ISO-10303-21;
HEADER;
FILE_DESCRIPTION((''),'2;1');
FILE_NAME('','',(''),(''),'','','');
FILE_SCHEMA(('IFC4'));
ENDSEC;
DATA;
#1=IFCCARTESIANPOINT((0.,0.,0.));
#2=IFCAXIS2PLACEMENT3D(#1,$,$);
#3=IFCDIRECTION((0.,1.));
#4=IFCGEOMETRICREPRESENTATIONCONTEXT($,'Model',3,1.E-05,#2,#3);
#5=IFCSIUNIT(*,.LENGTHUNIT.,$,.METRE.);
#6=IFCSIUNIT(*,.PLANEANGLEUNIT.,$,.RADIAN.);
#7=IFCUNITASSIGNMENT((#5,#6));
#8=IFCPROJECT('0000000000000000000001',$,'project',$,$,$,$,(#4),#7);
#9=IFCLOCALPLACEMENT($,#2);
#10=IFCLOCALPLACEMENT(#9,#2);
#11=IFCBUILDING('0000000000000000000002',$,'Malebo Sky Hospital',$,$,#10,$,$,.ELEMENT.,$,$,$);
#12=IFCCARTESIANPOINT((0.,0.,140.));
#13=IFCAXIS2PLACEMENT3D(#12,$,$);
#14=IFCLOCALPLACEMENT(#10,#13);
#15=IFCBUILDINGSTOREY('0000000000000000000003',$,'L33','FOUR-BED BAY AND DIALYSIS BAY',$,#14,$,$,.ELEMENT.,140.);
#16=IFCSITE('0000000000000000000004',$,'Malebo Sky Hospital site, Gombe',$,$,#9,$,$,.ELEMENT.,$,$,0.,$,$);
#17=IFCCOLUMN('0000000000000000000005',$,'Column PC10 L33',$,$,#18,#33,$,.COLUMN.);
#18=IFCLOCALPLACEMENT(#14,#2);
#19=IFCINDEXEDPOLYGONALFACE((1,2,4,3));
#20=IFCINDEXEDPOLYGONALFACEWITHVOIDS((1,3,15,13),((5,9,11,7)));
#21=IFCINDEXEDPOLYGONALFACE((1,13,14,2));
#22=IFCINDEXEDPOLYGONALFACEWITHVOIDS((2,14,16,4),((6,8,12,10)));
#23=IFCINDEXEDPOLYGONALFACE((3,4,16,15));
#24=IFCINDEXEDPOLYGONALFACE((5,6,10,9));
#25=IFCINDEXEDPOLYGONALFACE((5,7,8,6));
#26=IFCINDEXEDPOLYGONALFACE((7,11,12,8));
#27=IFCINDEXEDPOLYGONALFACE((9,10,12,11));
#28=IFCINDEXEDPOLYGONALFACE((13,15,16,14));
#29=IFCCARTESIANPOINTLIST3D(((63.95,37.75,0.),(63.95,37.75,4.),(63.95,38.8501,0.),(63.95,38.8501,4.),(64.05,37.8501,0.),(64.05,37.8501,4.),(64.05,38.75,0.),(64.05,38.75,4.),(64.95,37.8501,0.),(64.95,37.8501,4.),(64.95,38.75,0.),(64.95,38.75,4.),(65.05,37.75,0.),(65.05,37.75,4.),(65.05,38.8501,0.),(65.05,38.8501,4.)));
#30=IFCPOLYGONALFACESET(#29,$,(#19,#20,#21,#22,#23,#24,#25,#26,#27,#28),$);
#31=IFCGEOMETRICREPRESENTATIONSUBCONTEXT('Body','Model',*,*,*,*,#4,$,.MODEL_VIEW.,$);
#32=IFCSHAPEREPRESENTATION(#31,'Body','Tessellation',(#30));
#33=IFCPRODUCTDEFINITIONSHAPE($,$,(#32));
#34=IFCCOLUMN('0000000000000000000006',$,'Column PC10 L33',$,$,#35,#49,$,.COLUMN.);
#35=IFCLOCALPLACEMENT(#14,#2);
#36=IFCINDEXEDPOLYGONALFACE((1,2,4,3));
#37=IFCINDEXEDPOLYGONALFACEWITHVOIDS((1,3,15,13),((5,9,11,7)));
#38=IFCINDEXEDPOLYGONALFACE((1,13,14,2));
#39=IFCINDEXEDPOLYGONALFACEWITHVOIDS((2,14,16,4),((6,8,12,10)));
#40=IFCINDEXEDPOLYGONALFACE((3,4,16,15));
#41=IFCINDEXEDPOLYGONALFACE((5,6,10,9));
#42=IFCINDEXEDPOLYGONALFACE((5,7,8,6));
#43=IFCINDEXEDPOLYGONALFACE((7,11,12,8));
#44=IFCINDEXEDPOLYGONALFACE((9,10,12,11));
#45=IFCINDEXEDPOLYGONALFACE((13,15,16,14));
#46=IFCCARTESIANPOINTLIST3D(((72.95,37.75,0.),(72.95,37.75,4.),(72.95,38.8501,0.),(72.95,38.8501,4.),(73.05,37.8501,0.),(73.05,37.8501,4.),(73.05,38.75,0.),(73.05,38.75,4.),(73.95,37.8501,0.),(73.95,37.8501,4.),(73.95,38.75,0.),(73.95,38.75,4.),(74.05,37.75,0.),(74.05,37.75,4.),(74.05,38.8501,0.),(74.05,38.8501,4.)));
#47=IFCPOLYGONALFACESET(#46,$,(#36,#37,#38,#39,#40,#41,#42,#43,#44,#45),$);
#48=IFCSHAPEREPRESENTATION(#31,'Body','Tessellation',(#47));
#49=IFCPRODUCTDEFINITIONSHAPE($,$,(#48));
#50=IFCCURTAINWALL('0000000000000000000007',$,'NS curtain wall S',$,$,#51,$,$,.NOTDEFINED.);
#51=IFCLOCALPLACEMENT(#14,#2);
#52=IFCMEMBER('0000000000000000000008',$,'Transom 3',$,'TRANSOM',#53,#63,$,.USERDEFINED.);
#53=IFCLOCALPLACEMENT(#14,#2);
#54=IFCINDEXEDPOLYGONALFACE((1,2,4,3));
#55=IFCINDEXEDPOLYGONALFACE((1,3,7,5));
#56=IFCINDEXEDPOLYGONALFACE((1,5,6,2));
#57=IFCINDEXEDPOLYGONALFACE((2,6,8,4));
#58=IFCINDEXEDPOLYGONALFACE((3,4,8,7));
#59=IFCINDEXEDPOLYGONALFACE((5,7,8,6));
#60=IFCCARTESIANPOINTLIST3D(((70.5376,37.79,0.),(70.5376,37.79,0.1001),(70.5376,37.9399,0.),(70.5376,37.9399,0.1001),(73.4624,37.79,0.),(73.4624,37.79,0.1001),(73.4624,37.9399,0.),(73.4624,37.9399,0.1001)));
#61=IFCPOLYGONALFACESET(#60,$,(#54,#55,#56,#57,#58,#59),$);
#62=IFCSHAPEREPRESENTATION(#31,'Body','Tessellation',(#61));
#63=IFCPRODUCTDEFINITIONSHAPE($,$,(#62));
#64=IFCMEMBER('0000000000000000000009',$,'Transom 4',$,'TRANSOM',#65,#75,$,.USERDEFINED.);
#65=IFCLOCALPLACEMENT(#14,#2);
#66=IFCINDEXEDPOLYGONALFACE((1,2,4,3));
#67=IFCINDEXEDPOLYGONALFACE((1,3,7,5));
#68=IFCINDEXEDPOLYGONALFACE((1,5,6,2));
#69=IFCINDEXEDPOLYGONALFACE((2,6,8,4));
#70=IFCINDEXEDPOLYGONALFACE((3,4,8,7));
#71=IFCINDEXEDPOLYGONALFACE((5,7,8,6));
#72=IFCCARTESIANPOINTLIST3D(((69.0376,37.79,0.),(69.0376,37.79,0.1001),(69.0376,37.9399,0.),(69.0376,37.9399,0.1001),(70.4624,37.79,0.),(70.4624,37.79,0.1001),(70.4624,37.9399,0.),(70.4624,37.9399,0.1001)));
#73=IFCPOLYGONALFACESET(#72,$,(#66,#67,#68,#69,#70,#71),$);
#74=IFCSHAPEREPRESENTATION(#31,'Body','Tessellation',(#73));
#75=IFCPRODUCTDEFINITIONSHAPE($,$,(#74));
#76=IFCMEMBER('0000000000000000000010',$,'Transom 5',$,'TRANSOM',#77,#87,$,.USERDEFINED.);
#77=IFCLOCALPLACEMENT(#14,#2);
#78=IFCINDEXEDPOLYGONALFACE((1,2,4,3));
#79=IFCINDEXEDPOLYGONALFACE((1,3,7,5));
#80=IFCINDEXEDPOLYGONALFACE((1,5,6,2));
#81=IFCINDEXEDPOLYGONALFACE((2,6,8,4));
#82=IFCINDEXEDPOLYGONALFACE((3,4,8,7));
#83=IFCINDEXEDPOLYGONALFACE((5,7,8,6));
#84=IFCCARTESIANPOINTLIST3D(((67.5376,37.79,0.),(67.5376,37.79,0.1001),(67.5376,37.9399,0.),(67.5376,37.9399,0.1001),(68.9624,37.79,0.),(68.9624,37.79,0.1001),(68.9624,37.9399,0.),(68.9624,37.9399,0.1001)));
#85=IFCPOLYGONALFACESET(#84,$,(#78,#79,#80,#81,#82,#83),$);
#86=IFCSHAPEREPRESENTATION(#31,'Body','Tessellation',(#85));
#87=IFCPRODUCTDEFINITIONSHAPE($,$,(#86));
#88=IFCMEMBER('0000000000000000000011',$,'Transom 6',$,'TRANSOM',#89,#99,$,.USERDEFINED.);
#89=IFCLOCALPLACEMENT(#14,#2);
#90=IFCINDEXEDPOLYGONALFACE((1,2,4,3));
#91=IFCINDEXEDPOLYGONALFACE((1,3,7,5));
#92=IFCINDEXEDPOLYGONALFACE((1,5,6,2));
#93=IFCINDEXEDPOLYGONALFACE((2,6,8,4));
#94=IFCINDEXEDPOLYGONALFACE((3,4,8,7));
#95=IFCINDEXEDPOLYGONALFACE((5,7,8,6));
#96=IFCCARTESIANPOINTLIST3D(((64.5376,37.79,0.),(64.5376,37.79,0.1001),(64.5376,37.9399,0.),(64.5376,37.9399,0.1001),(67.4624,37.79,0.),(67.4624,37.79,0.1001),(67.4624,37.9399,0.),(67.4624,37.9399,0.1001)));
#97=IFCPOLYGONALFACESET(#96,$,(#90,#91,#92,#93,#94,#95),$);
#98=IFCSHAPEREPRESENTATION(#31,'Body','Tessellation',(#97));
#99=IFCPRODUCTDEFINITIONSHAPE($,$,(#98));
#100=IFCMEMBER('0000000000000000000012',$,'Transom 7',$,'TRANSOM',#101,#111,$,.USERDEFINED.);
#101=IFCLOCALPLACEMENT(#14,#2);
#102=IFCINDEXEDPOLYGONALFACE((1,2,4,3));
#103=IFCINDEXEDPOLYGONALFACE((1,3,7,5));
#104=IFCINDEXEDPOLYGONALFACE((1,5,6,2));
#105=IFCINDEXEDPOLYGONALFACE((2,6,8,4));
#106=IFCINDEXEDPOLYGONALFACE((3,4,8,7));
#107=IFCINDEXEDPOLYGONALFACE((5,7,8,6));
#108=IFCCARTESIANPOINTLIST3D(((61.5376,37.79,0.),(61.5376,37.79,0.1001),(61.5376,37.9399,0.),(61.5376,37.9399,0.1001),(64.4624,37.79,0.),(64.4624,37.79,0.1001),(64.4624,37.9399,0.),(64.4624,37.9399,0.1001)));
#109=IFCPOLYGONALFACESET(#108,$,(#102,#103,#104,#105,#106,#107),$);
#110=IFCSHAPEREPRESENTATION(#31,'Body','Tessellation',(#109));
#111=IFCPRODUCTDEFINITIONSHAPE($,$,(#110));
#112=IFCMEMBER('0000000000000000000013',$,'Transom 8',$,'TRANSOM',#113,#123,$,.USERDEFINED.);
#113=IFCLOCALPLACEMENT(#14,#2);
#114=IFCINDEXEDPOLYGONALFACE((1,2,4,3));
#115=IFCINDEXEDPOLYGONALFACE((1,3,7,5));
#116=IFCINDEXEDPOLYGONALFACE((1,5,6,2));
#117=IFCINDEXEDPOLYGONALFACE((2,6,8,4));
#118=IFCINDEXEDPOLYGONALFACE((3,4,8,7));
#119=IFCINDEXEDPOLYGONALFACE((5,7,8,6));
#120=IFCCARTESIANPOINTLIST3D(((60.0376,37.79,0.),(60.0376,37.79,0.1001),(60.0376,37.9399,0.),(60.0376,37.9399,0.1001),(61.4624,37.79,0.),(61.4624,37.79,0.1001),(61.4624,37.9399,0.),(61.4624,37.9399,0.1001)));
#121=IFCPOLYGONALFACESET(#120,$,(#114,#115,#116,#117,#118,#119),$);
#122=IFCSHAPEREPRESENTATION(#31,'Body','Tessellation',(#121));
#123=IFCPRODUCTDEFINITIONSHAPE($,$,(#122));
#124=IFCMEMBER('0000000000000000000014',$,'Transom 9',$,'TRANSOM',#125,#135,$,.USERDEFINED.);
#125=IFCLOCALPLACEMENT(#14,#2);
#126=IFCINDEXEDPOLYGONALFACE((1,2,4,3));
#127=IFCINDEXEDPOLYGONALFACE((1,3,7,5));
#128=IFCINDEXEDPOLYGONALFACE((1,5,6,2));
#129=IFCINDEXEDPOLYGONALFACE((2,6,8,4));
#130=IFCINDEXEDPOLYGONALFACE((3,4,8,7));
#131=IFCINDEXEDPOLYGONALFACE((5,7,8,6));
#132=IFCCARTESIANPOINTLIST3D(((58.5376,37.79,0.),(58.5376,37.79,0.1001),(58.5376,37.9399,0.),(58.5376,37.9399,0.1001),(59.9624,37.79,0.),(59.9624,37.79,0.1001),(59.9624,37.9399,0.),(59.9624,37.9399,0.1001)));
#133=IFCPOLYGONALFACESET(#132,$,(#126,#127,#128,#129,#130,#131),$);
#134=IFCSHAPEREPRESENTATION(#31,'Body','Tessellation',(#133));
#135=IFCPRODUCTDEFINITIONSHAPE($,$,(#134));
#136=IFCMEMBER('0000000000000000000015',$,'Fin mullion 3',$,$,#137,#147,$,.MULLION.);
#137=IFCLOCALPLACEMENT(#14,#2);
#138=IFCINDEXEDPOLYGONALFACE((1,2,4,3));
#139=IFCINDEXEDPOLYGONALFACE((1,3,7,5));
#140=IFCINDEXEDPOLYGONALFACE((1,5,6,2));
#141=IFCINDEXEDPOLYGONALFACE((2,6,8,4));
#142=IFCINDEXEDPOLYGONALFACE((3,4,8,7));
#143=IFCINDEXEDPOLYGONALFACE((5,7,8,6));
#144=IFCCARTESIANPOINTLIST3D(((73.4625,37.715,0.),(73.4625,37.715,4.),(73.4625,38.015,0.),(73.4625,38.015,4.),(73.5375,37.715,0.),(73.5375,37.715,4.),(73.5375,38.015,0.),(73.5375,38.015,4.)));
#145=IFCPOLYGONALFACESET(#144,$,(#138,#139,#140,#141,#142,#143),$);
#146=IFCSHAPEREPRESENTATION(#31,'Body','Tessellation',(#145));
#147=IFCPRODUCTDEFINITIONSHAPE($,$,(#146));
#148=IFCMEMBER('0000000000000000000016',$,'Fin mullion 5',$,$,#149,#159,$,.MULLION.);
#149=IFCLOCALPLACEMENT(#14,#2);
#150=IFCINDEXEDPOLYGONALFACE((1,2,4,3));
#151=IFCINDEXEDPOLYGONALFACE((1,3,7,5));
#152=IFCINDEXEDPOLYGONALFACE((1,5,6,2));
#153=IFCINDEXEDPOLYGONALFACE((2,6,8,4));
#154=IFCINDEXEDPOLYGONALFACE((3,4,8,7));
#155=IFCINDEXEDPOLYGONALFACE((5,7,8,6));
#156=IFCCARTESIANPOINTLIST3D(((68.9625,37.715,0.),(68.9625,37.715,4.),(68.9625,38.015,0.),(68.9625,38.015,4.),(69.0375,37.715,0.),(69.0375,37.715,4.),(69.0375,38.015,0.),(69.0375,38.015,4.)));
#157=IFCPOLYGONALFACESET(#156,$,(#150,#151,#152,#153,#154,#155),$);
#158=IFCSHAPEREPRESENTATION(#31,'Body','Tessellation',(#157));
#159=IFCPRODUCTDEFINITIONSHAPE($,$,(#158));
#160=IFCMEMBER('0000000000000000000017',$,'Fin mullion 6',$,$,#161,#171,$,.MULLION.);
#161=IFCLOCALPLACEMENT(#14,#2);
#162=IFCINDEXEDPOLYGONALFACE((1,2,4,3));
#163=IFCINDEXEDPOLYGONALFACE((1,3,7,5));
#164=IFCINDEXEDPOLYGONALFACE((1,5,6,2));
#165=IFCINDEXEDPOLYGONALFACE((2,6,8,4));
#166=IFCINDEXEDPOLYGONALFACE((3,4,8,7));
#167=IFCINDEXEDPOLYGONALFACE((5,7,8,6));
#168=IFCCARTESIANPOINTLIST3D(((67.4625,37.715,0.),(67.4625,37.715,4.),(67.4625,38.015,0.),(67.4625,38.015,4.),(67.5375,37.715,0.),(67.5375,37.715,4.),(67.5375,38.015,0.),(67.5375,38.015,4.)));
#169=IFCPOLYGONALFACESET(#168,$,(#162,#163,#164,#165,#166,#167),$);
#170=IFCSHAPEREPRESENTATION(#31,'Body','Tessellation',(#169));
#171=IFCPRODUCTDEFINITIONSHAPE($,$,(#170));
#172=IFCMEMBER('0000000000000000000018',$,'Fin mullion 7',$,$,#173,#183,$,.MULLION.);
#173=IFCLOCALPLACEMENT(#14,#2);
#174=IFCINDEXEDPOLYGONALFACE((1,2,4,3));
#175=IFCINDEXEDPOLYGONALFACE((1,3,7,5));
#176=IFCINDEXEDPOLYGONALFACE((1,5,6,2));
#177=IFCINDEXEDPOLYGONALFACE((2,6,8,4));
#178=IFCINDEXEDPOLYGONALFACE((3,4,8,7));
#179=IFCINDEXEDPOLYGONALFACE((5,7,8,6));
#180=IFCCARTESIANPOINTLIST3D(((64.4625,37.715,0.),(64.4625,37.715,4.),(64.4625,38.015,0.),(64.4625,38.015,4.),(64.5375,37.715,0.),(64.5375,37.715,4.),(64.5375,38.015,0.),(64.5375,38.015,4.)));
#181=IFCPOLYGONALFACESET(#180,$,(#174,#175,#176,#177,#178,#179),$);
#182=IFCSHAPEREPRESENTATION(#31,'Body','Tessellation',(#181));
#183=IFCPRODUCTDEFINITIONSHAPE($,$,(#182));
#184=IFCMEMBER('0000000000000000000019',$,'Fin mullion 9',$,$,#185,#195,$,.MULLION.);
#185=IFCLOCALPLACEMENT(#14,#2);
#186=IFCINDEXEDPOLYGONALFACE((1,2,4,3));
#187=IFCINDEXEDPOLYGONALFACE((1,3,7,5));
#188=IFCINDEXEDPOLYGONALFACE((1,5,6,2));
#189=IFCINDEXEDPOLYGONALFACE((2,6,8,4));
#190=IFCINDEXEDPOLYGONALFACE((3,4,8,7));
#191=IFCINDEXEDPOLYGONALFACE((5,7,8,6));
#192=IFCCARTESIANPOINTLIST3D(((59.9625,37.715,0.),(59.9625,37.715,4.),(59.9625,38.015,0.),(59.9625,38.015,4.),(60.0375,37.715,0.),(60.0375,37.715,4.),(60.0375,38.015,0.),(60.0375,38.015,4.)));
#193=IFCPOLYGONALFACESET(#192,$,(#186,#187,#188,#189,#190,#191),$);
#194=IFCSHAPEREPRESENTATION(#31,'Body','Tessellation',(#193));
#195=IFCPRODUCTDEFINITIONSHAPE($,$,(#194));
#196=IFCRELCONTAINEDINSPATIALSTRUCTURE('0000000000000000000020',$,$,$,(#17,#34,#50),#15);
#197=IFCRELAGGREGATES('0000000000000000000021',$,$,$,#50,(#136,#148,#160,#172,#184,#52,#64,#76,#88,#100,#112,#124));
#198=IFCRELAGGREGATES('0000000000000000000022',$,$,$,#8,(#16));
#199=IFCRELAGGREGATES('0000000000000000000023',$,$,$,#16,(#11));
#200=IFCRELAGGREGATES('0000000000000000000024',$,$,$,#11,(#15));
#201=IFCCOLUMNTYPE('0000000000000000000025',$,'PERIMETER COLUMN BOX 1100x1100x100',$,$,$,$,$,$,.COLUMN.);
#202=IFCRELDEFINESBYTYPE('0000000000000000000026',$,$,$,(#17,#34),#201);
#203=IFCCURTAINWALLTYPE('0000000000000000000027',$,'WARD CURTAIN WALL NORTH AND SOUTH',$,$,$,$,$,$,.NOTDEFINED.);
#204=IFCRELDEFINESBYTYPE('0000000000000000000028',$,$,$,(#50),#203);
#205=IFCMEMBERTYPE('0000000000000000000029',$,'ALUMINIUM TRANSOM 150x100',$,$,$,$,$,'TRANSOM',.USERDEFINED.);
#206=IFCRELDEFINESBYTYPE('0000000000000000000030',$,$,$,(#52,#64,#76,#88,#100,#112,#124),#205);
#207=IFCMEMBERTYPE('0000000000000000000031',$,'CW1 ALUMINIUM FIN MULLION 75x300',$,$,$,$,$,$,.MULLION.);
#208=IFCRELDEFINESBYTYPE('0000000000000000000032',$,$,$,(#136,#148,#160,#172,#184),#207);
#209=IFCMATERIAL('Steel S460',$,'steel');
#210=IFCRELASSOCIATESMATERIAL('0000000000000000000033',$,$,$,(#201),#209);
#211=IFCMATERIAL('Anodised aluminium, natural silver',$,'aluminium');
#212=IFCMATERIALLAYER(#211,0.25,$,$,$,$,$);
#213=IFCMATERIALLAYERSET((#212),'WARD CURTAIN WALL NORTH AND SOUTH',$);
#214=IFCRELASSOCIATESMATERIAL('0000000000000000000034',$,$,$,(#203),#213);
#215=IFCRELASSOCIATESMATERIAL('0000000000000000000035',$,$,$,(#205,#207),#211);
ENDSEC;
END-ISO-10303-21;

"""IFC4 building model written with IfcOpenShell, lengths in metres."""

from ifc_helpers import new_model, si_unit, direction, frame, origin, origin_2d, place, context, subcontext, project, spatial, rectangle, hollow_rectangle, extrude, material, layer, layer_set, material_profile, profile_set, type_object, element, aggregate, save


model = new_model("IFC4")

# Units and contexts
model_context = context("Model", 3, precision=1e-05, world=origin(), true_north=direction((0.0, 1.0)))
body_context = subcontext(model_context, "Body", "Model", "MODEL_VIEW")
ifc_project = project(units=[si_unit("LENGTHUNIT", "METRE"), si_unit("PLANEANGLEUNIT", "RADIAN")], contexts=[model_context])

# Site, building, storey
site_placement = place(None, origin())
site = spatial("IfcSite", under=ifc_project, at=site_placement, Name="Malebo Sky Hospital site, Gombe", CompositionType="ELEMENT", RefElevation=0.0)
building_placement = place(site_placement, origin())
building = spatial("IfcBuilding", under=site, at=building_placement, Name="Malebo Sky Hospital", CompositionType="ELEMENT")
storey_placement = place(building_placement, frame((0.0, 0.0, 140.0)))
storey = spatial("IfcBuildingStorey", under=building, at=storey_placement, Name="L33", Description="FOUR-BED BAY AND DIALYSIS BAY", CompositionType="ELEMENT", Elevation=140.0)

# Columns
ifc_material_1 = material(Name="Steel S460", Category="steel")
ifc_material_profile_1 = material_profile(ifc_material_1, hollow_rectangle(XDim=1.1001, YDim=1.1001, WallThickness=0.1001, at=origin_2d()), Name="BOX 1100x1100x100")
ifc_profile_set_1 = profile_set([ifc_material_profile_1], Name="Steel S460")
column_type = type_object("IfcColumnType", Name="PERIMETER COLUMN BOX 1100x1100x100", PredefinedType="COLUMN", material=ifc_profile_set_1)
for number, where, z_axis, x_axis, name in (
    (1, (64.5, 38.3, 0.0), (0.0, 0.0, 1.0), (1.0, 0.0, 0.0), "Column PC10 L33"),
    (2, (73.5, 38.3, 0.0), (0.0, 0.0, 1.0), (1.0, 0.0, 0.0), "Column PC10 L33"),
):
    element("IfcColumn", number, at=place(storey_placement, frame(where, z_axis=z_axis, x_axis=x_axis)), inside=storey, type_object=column_type, Name=name, PredefinedType="COLUMN", context=body_context, shape_type="SweptSolid", body=[
        extrude(hollow_rectangle(XDim=1.1001, YDim=1.1001, WallThickness=0.1001, at=origin_2d()), origin(), (0.0, 0.0, 1.0), 4.0),
    ])

# Curtain wall, members
ifc_material_2 = material(Name="Anodised aluminium, natural silver", Category="aluminium")
ifc_layer_1 = layer(ifc_material_2, 0.25)
ifc_layer_set_1 = layer_set([ifc_layer_1], Name="WARD CURTAIN WALL NORTH AND SOUTH")
curtain_wall_type = type_object("IfcCurtainWallType", Name="WARD CURTAIN WALL NORTH AND SOUTH", PredefinedType="NOTDEFINED", material=ifc_layer_set_1)
curtain_wall_placement = place(storey_placement, origin())
curtain_wall = element("IfcCurtainWall", 3, at=curtain_wall_placement, inside=storey, type_object=curtain_wall_type, Name="NS curtain wall S", PredefinedType="NOTDEFINED")
ifc_material_profile_2 = material_profile(ifc_material_2, rectangle(XDim=0.1499, YDim=0.1001, at=origin_2d()), Name="ALUMINIUM TRANSOM 150x100")
ifc_profile_set_2 = profile_set([ifc_material_profile_2], Name="Anodised aluminium, natural silver")
member_type_1 = type_object("IfcMemberType", Name="ALUMINIUM TRANSOM 150x100", ElementType="TRANSOM", PredefinedType="USERDEFINED", material=ifc_profile_set_2)
member_1_placement = place(storey_placement, frame((73.4624, 37.865, 0.05), z_axis=(-1.0, 0.0, 0.0), x_axis=(0.0, -1.0, 0.0)))
member_1 = element("IfcMember", 4, at=member_1_placement, type_object=member_type_1, Name="Transom 3", ObjectType="TRANSOM", PredefinedType="USERDEFINED", context=body_context, shape_type="SweptSolid", body=[
    extrude(rectangle(XDim=0.1499, YDim=0.1001, at=origin_2d()), origin(), (0.0, 0.0, 1.0), 2.9248),
])
member_2_placement = place(storey_placement, frame((70.4624, 37.865, 0.05), z_axis=(-1.0, 0.0, 0.0), x_axis=(0.0, -1.0, 0.0)))
member_2 = element("IfcMember", 5, at=member_2_placement, type_object=member_type_1, Name="Transom 4", ObjectType="TRANSOM", PredefinedType="USERDEFINED", context=body_context, shape_type="SweptSolid", body=[
    extrude(rectangle(XDim=0.1499, YDim=0.1001, at=origin_2d()), origin(), (0.0, 0.0, 1.0), 1.4248),
])
member_3_placement = place(storey_placement, frame((68.9624, 37.865, 0.05), z_axis=(-1.0, 0.0, 0.0), x_axis=(0.0, -1.0, 0.0)))
member_3 = element("IfcMember", 6, at=member_3_placement, type_object=member_type_1, Name="Transom 5", ObjectType="TRANSOM", PredefinedType="USERDEFINED", context=body_context, shape_type="SweptSolid", body=[
    extrude(rectangle(XDim=0.1499, YDim=0.1001, at=origin_2d()), origin(), (0.0, 0.0, 1.0), 1.4248),
])
member_4_placement = place(storey_placement, frame((67.4624, 37.865, 0.05), z_axis=(-1.0, 0.0, 0.0), x_axis=(0.0, -1.0, 0.0)))
member_4 = element("IfcMember", 7, at=member_4_placement, type_object=member_type_1, Name="Transom 6", ObjectType="TRANSOM", PredefinedType="USERDEFINED", context=body_context, shape_type="SweptSolid", body=[
    extrude(rectangle(XDim=0.1499, YDim=0.1001, at=origin_2d()), origin(), (0.0, 0.0, 1.0), 2.9248),
])
member_5_placement = place(storey_placement, frame((64.4624, 37.865, 0.05), z_axis=(-1.0, 0.0, 0.0), x_axis=(0.0, -1.0, 0.0)))
member_5 = element("IfcMember", 8, at=member_5_placement, type_object=member_type_1, Name="Transom 7", ObjectType="TRANSOM", PredefinedType="USERDEFINED", context=body_context, shape_type="SweptSolid", body=[
    extrude(rectangle(XDim=0.1499, YDim=0.1001, at=origin_2d()), origin(), (0.0, 0.0, 1.0), 2.9248),
])
member_6_placement = place(storey_placement, frame((61.4624, 37.865, 0.05), z_axis=(-1.0, 0.0, 0.0), x_axis=(0.0, -1.0, 0.0)))
member_6 = element("IfcMember", 9, at=member_6_placement, type_object=member_type_1, Name="Transom 8", ObjectType="TRANSOM", PredefinedType="USERDEFINED", context=body_context, shape_type="SweptSolid", body=[
    extrude(rectangle(XDim=0.1499, YDim=0.1001, at=origin_2d()), origin(), (0.0, 0.0, 1.0), 1.4248),
])
member_7_placement = place(storey_placement, frame((59.9624, 37.865, 0.05), z_axis=(-1.0, 0.0, 0.0), x_axis=(0.0, -1.0, 0.0)))
member_7 = element("IfcMember", 10, at=member_7_placement, type_object=member_type_1, Name="Transom 9", ObjectType="TRANSOM", PredefinedType="USERDEFINED", context=body_context, shape_type="SweptSolid", body=[
    extrude(rectangle(XDim=0.1499, YDim=0.1001, at=origin_2d()), origin(), (0.0, 0.0, 1.0), 1.4248),
])
ifc_material_profile_3 = material_profile(ifc_material_2, rectangle(XDim=0.075, YDim=0.3, at=origin_2d()), Name="CW1 ALUMINIUM FIN MULLION 75x300")
ifc_profile_set_3 = profile_set([ifc_material_profile_3], Name="Anodised aluminium, natural silver")
member_type_2 = type_object("IfcMemberType", Name="CW1 ALUMINIUM FIN MULLION 75x300", PredefinedType="MULLION", material=ifc_profile_set_3)
member_8_placement = place(storey_placement, frame((73.5, 37.865, 0.0), z_axis=(0.0, 0.0, 1.0), x_axis=(-1.0, 0.0, 0.0)))
member_8 = element("IfcMember", 11, at=member_8_placement, type_object=member_type_2, Name="Fin mullion 3", PredefinedType="MULLION", context=body_context, shape_type="SweptSolid", body=[
    extrude(rectangle(XDim=0.075, YDim=0.3, at=origin_2d()), origin(), (0.0, 0.0, 1.0), 4.0),
])
member_9_placement = place(storey_placement, frame((69.0, 37.865, 0.0), z_axis=(0.0, 0.0, 1.0), x_axis=(-1.0, 0.0, 0.0)))
member_9 = element("IfcMember", 12, at=member_9_placement, type_object=member_type_2, Name="Fin mullion 5", PredefinedType="MULLION", context=body_context, shape_type="SweptSolid", body=[
    extrude(rectangle(XDim=0.075, YDim=0.3, at=origin_2d()), origin(), (0.0, 0.0, 1.0), 4.0),
])
member_10_placement = place(storey_placement, frame((67.5, 37.865, 0.0), z_axis=(0.0, 0.0, 1.0), x_axis=(-1.0, 0.0, 0.0)))
member_10 = element("IfcMember", 13, at=member_10_placement, type_object=member_type_2, Name="Fin mullion 6", PredefinedType="MULLION", context=body_context, shape_type="SweptSolid", body=[
    extrude(rectangle(XDim=0.075, YDim=0.3, at=origin_2d()), origin(), (0.0, 0.0, 1.0), 4.0),
])
member_11_placement = place(storey_placement, frame((64.5, 37.865, 0.0), z_axis=(0.0, 0.0, 1.0), x_axis=(-1.0, 0.0, 0.0)))
member_11 = element("IfcMember", 14, at=member_11_placement, type_object=member_type_2, Name="Fin mullion 7", PredefinedType="MULLION", context=body_context, shape_type="SweptSolid", body=[
    extrude(rectangle(XDim=0.075, YDim=0.3, at=origin_2d()), origin(), (0.0, 0.0, 1.0), 4.0),
])
member_12_placement = place(storey_placement, frame((60.0, 37.865, 0.0), z_axis=(0.0, 0.0, 1.0), x_axis=(-1.0, 0.0, 0.0)))
member_12 = element("IfcMember", 15, at=member_12_placement, type_object=member_type_2, Name="Fin mullion 9", PredefinedType="MULLION", context=body_context, shape_type="SweptSolid", body=[
    extrude(rectangle(XDim=0.075, YDim=0.3, at=origin_2d()), origin(), (0.0, 0.0, 1.0), 4.0),
])

aggregate(curtain_wall, [member_8, member_9, member_10, member_11, member_12, member_1, member_2, member_3, member_4, member_5, member_6, member_7])

save(model, "model.ifc")
